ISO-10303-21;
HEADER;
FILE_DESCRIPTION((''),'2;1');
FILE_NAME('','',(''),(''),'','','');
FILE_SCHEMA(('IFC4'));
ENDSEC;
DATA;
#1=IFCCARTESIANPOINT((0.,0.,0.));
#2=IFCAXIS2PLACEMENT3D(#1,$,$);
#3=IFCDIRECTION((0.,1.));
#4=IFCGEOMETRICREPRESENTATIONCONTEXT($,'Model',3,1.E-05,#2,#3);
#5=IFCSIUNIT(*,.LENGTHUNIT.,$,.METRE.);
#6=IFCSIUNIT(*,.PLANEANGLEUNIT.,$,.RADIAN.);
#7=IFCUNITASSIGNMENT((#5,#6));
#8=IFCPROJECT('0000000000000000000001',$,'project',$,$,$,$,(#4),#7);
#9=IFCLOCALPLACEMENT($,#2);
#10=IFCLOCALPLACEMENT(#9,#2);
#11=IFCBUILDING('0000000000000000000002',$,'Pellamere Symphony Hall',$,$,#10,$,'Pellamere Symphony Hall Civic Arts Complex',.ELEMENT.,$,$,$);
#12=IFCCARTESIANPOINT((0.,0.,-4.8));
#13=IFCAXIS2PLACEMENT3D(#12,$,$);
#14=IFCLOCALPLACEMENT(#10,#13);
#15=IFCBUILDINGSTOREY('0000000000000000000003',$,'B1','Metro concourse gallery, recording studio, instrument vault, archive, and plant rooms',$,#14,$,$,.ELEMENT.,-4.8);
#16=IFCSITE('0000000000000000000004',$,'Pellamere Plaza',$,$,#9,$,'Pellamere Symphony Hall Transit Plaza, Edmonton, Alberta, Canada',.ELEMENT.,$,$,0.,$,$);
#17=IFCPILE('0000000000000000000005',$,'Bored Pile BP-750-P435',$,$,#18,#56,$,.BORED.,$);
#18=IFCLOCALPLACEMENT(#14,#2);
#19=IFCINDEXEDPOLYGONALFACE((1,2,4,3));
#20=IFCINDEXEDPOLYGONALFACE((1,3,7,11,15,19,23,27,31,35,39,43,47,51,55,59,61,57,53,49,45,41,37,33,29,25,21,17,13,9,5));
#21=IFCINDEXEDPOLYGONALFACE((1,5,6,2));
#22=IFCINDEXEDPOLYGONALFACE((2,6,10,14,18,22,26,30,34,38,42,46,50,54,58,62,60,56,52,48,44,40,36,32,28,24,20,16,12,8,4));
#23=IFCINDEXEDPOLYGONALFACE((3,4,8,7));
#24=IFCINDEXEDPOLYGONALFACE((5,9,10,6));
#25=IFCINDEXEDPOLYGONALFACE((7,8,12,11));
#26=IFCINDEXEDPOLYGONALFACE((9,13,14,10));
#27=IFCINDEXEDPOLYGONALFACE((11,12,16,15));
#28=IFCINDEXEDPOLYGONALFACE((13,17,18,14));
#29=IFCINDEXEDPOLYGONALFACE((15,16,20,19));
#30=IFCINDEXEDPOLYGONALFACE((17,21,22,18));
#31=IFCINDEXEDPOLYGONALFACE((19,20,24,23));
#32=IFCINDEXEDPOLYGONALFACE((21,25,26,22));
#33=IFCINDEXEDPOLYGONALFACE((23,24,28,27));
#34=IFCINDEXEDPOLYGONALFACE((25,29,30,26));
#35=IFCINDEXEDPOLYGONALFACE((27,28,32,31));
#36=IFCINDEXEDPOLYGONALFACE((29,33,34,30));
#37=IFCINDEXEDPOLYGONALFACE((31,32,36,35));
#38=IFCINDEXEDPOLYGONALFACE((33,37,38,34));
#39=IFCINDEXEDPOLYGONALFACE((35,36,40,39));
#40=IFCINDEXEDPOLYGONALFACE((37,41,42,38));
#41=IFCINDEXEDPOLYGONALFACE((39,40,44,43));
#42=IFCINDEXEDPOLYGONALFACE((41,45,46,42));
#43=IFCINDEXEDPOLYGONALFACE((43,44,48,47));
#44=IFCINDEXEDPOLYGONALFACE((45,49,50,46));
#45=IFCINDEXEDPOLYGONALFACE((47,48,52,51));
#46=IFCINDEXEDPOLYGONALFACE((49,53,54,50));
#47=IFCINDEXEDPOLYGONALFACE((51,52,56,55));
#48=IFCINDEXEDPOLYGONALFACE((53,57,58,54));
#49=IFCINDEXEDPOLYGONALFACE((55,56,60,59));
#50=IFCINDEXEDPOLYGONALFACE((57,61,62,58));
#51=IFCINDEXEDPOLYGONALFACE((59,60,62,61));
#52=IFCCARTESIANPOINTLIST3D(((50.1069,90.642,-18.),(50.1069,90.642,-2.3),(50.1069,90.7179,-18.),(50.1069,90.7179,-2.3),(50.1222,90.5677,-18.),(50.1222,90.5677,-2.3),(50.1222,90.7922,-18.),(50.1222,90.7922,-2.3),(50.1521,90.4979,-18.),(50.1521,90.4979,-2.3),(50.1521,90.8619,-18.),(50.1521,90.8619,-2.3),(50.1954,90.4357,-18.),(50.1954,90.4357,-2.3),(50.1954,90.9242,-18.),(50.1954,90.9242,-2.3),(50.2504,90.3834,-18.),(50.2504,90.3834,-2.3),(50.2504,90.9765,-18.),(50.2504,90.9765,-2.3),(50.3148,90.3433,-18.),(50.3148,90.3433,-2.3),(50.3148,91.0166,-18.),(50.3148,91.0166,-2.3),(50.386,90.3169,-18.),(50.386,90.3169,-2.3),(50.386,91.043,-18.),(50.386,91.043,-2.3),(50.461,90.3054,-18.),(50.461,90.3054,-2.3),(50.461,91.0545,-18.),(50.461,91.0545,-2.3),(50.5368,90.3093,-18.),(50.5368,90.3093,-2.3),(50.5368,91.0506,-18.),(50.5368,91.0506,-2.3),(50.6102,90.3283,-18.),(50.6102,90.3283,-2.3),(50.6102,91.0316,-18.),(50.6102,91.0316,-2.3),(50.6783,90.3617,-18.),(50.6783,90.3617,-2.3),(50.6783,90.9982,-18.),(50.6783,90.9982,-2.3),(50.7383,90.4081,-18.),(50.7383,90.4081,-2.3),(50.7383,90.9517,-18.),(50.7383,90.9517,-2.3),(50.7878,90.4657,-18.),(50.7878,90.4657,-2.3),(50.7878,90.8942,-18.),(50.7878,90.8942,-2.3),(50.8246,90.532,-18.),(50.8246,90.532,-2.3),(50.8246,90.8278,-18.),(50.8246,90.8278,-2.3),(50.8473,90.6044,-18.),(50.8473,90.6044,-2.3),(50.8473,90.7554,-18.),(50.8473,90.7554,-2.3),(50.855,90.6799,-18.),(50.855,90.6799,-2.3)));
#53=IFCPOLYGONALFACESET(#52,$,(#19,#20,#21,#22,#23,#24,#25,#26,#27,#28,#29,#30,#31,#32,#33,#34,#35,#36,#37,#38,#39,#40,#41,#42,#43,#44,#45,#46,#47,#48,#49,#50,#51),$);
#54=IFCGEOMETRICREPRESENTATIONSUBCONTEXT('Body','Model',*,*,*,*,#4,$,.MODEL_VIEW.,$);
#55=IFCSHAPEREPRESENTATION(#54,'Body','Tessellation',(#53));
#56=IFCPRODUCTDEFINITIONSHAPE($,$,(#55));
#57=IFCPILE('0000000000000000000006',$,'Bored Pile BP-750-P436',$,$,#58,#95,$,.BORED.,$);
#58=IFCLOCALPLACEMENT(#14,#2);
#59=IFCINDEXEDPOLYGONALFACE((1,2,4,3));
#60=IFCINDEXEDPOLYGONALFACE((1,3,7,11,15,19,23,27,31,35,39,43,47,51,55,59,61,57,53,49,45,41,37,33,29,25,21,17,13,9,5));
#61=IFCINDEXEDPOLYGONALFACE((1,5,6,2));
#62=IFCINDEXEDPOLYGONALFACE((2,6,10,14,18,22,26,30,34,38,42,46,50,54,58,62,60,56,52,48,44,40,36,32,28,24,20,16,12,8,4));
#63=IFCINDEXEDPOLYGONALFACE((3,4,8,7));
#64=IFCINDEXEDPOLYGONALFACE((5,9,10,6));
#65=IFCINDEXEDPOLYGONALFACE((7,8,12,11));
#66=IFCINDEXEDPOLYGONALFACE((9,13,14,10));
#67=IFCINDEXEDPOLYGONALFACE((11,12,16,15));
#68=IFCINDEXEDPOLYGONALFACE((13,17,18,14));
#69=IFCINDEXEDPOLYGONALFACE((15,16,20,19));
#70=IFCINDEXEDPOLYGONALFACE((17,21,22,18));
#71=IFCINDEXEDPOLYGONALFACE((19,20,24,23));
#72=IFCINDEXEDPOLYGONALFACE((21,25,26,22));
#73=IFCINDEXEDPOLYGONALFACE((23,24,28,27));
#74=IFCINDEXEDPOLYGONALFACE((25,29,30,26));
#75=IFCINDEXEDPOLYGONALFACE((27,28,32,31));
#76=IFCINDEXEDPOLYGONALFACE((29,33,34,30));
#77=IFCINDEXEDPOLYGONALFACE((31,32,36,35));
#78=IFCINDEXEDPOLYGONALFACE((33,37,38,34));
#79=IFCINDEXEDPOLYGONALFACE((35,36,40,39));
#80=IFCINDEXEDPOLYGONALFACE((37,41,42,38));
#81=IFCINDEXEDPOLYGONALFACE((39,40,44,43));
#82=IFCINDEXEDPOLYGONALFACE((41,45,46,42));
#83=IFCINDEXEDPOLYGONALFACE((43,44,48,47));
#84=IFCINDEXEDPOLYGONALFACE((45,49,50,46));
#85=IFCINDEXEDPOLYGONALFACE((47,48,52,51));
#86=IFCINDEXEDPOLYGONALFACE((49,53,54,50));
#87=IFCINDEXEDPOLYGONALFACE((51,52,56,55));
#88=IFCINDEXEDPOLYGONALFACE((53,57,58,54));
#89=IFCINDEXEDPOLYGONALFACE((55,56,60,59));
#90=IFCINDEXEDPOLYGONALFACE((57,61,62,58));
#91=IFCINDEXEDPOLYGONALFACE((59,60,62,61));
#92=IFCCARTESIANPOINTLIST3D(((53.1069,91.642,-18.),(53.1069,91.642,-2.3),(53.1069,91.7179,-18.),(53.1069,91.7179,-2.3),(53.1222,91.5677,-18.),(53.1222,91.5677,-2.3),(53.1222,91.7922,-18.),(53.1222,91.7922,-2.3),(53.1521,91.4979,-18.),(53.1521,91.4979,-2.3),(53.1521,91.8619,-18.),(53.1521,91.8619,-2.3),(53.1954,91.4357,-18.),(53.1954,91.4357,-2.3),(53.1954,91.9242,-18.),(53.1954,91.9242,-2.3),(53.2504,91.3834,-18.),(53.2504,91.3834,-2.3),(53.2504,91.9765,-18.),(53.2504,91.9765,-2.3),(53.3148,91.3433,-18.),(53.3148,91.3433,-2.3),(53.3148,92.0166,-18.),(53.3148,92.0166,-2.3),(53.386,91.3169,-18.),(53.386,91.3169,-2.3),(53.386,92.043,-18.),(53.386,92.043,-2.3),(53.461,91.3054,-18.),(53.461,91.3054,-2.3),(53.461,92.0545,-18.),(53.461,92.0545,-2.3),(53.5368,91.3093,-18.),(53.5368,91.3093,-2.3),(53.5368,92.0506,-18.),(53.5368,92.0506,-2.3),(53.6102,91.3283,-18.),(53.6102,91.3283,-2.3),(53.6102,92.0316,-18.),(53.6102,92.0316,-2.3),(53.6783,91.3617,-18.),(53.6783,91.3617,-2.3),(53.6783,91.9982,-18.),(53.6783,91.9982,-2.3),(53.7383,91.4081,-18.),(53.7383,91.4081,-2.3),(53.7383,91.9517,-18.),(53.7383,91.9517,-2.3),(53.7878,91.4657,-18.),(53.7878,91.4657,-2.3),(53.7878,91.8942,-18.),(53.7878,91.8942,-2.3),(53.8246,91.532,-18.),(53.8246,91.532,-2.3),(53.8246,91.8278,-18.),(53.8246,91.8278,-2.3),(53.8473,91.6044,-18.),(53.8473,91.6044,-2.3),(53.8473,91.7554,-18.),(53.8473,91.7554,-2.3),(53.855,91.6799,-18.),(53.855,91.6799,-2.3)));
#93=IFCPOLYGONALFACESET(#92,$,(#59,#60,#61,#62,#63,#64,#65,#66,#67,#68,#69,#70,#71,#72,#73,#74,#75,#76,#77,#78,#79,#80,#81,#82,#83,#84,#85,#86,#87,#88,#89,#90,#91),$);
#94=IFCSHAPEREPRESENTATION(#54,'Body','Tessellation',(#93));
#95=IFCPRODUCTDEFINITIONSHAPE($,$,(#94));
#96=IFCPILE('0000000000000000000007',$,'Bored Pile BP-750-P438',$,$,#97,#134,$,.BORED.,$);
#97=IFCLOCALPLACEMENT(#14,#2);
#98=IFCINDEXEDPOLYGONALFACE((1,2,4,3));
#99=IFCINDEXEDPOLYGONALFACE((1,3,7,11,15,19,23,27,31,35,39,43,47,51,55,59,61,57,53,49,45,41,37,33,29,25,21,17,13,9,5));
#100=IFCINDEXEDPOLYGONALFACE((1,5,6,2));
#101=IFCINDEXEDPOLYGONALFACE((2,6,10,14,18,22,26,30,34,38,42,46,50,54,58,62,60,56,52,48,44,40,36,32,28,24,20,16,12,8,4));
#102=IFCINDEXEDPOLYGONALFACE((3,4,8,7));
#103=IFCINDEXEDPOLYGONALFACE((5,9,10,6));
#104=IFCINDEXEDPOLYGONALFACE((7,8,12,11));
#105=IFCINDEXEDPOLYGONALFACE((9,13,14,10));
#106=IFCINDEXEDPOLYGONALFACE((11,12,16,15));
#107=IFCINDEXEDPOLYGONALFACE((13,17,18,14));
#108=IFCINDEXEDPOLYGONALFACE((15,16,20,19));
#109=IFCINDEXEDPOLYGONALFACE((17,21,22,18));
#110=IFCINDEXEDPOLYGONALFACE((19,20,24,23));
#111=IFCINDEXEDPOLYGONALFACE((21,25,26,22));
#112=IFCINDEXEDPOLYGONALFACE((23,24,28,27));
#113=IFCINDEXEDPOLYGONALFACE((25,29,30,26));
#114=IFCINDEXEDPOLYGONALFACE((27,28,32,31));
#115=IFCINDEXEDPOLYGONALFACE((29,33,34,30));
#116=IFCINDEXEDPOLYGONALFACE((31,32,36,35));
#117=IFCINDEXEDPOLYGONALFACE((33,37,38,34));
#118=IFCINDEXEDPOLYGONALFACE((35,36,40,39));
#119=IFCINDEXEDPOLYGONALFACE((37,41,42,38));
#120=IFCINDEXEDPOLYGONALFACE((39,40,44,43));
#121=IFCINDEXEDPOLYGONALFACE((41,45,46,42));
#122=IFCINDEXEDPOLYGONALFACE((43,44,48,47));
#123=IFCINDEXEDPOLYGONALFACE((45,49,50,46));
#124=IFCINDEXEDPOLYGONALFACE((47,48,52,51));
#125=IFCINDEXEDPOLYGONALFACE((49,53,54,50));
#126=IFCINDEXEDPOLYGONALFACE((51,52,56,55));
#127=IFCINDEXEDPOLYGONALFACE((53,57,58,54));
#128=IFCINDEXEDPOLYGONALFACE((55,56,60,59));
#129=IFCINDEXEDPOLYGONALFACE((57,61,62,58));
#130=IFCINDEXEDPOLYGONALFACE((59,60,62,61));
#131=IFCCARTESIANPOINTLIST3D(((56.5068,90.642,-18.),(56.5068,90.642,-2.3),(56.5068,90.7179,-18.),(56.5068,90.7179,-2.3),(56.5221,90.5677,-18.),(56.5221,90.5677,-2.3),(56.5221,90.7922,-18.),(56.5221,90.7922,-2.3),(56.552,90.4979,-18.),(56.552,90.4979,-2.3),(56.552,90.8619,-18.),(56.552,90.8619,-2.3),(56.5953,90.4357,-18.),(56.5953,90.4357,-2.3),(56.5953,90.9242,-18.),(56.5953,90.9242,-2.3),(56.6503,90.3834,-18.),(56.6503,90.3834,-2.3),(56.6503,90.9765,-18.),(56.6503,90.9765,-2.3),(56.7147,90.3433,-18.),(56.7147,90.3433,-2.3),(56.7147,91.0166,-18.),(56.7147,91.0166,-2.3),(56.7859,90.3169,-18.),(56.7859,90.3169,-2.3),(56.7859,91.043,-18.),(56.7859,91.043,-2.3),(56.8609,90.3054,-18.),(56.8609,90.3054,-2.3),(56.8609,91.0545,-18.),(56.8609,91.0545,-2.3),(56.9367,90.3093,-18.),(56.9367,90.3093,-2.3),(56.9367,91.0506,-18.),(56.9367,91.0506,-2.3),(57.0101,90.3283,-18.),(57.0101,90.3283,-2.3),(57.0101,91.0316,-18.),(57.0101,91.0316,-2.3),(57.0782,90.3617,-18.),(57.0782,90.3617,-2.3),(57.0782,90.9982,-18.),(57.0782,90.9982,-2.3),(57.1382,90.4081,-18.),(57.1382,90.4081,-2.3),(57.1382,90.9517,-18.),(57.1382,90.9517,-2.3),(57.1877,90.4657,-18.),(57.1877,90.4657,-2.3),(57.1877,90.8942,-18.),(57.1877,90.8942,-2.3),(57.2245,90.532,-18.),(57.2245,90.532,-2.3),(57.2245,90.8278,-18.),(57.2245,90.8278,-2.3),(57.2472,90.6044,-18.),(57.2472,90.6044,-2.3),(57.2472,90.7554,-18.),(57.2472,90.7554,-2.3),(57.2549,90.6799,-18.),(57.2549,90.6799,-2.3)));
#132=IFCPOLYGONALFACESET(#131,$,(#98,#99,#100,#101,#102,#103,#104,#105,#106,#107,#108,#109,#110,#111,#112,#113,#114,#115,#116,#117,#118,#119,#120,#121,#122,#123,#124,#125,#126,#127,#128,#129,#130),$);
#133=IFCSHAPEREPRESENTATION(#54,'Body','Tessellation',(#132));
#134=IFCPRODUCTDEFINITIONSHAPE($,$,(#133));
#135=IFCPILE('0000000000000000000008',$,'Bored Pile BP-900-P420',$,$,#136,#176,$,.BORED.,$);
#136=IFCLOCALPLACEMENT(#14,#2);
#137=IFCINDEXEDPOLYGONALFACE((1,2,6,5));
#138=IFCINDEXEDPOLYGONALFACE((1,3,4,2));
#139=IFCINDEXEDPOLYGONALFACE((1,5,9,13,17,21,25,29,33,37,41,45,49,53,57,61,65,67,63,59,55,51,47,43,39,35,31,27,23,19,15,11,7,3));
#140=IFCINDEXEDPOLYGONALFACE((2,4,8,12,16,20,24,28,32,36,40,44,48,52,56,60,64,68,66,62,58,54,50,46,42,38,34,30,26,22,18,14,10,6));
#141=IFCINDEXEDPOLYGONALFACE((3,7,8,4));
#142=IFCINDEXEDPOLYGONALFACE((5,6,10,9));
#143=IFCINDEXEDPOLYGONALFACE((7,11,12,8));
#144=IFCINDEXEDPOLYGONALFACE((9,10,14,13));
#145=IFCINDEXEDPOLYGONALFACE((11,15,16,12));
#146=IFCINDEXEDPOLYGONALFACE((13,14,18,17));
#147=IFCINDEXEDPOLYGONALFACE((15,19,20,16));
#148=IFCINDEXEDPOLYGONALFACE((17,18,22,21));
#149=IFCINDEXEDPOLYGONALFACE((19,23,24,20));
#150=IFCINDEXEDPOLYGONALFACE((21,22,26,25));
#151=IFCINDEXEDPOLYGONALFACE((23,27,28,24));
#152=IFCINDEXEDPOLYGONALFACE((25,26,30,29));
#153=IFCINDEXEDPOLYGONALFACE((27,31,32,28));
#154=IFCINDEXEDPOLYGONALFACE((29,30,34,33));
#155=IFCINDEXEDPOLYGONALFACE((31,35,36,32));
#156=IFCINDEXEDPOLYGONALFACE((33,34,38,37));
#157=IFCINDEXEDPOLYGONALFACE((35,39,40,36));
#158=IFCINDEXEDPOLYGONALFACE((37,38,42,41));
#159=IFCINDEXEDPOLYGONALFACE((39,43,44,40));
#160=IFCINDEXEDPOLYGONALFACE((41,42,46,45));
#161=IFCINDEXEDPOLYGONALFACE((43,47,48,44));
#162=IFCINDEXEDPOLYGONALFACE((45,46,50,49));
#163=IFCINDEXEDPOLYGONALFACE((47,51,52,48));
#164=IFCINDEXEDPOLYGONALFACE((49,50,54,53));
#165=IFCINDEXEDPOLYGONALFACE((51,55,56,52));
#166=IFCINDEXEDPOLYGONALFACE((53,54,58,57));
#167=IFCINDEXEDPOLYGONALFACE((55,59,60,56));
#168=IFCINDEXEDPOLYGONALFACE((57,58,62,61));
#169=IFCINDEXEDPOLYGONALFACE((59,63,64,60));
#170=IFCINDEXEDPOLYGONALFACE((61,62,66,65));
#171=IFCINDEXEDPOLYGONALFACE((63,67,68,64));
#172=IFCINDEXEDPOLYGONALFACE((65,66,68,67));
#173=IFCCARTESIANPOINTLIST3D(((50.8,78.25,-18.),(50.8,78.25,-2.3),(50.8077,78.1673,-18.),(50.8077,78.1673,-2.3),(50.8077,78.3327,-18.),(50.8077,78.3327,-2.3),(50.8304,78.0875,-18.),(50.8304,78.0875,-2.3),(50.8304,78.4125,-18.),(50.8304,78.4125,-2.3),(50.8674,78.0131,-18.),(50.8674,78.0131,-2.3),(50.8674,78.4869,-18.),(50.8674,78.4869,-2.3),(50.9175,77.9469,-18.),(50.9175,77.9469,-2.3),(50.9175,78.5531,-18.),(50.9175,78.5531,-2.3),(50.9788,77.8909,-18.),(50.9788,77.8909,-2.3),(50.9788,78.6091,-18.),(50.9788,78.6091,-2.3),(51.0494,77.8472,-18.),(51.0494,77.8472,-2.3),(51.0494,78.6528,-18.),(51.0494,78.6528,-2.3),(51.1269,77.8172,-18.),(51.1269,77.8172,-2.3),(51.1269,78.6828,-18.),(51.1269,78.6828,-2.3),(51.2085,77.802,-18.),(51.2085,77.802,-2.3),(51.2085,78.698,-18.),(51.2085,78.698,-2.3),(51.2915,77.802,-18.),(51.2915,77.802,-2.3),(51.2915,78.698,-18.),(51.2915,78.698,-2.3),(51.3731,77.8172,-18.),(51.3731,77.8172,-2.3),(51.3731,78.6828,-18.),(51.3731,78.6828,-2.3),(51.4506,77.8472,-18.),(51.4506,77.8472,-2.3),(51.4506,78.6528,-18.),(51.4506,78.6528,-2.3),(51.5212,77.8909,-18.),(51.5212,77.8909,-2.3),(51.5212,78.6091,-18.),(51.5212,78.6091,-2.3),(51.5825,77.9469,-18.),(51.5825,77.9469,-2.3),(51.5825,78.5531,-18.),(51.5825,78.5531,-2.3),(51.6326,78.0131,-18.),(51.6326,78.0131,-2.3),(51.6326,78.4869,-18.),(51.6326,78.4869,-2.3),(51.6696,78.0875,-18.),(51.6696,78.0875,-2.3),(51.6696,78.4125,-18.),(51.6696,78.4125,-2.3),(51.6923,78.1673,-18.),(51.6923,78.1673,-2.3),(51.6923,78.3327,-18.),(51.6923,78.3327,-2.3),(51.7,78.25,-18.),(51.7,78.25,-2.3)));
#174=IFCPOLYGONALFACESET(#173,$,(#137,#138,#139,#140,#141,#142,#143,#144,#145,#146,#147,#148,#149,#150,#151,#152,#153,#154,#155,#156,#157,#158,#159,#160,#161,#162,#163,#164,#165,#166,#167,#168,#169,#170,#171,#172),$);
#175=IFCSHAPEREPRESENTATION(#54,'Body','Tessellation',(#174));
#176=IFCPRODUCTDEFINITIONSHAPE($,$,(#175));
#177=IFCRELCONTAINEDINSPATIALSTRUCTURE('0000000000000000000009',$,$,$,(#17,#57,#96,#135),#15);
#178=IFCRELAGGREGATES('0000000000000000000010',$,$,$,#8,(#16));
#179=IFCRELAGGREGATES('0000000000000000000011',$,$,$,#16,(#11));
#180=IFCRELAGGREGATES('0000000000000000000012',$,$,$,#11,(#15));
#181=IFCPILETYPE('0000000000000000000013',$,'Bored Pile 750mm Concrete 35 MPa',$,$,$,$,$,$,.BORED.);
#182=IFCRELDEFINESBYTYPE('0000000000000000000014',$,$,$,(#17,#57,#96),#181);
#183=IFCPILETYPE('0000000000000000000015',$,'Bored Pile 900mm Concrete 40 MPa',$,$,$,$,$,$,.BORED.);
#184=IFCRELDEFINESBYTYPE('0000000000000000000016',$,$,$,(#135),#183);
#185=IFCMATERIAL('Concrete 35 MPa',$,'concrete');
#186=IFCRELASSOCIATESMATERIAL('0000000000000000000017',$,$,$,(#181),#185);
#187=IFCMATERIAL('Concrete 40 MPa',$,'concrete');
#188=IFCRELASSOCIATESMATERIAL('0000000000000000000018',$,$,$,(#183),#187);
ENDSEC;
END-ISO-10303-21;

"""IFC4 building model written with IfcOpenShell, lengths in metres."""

from ifc_helpers import new_model, si_unit, direction, frame, origin, origin_2d, place, context, subcontext, project, spatial, circle, extrude, material, material_profile, profile_set, type_object, element, save


model = new_model("IFC4")

# Units and contexts
model_context = context("Model", 3, precision=1e-05, world=origin(), true_north=direction((0.0, 1.0)))
body_context = subcontext(model_context, "Body", "Model", "MODEL_VIEW")
ifc_project = project(units=[si_unit("LENGTHUNIT", "METRE"), si_unit("PLANEANGLEUNIT", "RADIAN")], contexts=[model_context])

# Site, building, storey
site_placement = place(None, origin())
site = spatial("IfcSite", under=ifc_project, at=site_placement, Name="Pellamere Plaza", LongName="Pellamere Symphony Hall Transit Plaza, Edmonton, Alberta, Canada", CompositionType="ELEMENT", RefElevation=0.0)
building_placement = place(site_placement, origin())
building = spatial("IfcBuilding", under=site, at=building_placement, Name="Pellamere Symphony Hall", LongName="Pellamere Symphony Hall Civic Arts Complex", CompositionType="ELEMENT")
storey_placement = place(building_placement, frame((0.0, 0.0, -4.8)))
storey = spatial("IfcBuildingStorey", under=building, at=storey_placement, Name="B1", Description="Metro concourse gallery, recording studio, instrument vault, archive, and plant rooms", CompositionType="ELEMENT", Elevation=-4.8)

# Piles
ifc_material_1 = material(Name="Concrete 35 MPa", Category="concrete")
ifc_material_profile_1 = material_profile(ifc_material_1, circle(Radius=0.375, at=origin_2d()), Name="PILE D750")
ifc_profile_set_1 = profile_set([ifc_material_profile_1], Name="Concrete 35 MPa")
pile_type_1 = type_object("IfcPileType", Name="Bored Pile 750mm Concrete 35 MPa", PredefinedType="BORED", material=ifc_profile_set_1)
for number, where, z_axis, x_axis, name in (
    (1, (50.48, 90.6799, -2.3), (0.0, 0.0, -1.0), (1.0, 0.0, 0.0), "Bored Pile BP-750-P435"),
    (2, (53.48, 91.6799, -2.3), (0.0, 0.0, -1.0), (1.0, 0.0, 0.0), "Bored Pile BP-750-P436"),
    (3, (56.8799, 90.6799, -2.3), (0.0, 0.0, -1.0), (1.0, 0.0, 0.0), "Bored Pile BP-750-P438"),
):
    element("IfcPile", number, at=place(storey_placement, frame(where, z_axis=z_axis, x_axis=x_axis)), inside=storey, type_object=pile_type_1, Name=name, PredefinedType="BORED", context=body_context, shape_type="SweptSolid", body=[
        extrude(circle(Radius=0.375, at=origin_2d()), origin(), (0.0, 0.0, 1.0), 15.7),
    ])
ifc_material_2 = material(Name="Concrete 40 MPa", Category="concrete")
ifc_material_profile_2 = material_profile(ifc_material_2, circle(Radius=0.45, at=origin_2d()), Name="PILE D900")
ifc_profile_set_2 = profile_set([ifc_material_profile_2], Name="Concrete 40 MPa")
pile_type_2 = type_object("IfcPileType", Name="Bored Pile 900mm Concrete 40 MPa", PredefinedType="BORED", material=ifc_profile_set_2)
for number, where, z_axis, x_axis, name in (
    (4, (51.25, 78.25, -2.3), (0.0, 0.0, -1.0), (1.0, 0.0, 0.0), "Bored Pile BP-900-P420"),
):
    element("IfcPile", number, at=place(storey_placement, frame(where, z_axis=z_axis, x_axis=x_axis)), inside=storey, type_object=pile_type_2, Name=name, PredefinedType="BORED", context=body_context, shape_type="SweptSolid", body=[
        extrude(circle(Radius=0.45, at=origin_2d()), origin(), (0.0, 0.0, 1.0), 15.7),
    ])

save(model, "model.ifc")
